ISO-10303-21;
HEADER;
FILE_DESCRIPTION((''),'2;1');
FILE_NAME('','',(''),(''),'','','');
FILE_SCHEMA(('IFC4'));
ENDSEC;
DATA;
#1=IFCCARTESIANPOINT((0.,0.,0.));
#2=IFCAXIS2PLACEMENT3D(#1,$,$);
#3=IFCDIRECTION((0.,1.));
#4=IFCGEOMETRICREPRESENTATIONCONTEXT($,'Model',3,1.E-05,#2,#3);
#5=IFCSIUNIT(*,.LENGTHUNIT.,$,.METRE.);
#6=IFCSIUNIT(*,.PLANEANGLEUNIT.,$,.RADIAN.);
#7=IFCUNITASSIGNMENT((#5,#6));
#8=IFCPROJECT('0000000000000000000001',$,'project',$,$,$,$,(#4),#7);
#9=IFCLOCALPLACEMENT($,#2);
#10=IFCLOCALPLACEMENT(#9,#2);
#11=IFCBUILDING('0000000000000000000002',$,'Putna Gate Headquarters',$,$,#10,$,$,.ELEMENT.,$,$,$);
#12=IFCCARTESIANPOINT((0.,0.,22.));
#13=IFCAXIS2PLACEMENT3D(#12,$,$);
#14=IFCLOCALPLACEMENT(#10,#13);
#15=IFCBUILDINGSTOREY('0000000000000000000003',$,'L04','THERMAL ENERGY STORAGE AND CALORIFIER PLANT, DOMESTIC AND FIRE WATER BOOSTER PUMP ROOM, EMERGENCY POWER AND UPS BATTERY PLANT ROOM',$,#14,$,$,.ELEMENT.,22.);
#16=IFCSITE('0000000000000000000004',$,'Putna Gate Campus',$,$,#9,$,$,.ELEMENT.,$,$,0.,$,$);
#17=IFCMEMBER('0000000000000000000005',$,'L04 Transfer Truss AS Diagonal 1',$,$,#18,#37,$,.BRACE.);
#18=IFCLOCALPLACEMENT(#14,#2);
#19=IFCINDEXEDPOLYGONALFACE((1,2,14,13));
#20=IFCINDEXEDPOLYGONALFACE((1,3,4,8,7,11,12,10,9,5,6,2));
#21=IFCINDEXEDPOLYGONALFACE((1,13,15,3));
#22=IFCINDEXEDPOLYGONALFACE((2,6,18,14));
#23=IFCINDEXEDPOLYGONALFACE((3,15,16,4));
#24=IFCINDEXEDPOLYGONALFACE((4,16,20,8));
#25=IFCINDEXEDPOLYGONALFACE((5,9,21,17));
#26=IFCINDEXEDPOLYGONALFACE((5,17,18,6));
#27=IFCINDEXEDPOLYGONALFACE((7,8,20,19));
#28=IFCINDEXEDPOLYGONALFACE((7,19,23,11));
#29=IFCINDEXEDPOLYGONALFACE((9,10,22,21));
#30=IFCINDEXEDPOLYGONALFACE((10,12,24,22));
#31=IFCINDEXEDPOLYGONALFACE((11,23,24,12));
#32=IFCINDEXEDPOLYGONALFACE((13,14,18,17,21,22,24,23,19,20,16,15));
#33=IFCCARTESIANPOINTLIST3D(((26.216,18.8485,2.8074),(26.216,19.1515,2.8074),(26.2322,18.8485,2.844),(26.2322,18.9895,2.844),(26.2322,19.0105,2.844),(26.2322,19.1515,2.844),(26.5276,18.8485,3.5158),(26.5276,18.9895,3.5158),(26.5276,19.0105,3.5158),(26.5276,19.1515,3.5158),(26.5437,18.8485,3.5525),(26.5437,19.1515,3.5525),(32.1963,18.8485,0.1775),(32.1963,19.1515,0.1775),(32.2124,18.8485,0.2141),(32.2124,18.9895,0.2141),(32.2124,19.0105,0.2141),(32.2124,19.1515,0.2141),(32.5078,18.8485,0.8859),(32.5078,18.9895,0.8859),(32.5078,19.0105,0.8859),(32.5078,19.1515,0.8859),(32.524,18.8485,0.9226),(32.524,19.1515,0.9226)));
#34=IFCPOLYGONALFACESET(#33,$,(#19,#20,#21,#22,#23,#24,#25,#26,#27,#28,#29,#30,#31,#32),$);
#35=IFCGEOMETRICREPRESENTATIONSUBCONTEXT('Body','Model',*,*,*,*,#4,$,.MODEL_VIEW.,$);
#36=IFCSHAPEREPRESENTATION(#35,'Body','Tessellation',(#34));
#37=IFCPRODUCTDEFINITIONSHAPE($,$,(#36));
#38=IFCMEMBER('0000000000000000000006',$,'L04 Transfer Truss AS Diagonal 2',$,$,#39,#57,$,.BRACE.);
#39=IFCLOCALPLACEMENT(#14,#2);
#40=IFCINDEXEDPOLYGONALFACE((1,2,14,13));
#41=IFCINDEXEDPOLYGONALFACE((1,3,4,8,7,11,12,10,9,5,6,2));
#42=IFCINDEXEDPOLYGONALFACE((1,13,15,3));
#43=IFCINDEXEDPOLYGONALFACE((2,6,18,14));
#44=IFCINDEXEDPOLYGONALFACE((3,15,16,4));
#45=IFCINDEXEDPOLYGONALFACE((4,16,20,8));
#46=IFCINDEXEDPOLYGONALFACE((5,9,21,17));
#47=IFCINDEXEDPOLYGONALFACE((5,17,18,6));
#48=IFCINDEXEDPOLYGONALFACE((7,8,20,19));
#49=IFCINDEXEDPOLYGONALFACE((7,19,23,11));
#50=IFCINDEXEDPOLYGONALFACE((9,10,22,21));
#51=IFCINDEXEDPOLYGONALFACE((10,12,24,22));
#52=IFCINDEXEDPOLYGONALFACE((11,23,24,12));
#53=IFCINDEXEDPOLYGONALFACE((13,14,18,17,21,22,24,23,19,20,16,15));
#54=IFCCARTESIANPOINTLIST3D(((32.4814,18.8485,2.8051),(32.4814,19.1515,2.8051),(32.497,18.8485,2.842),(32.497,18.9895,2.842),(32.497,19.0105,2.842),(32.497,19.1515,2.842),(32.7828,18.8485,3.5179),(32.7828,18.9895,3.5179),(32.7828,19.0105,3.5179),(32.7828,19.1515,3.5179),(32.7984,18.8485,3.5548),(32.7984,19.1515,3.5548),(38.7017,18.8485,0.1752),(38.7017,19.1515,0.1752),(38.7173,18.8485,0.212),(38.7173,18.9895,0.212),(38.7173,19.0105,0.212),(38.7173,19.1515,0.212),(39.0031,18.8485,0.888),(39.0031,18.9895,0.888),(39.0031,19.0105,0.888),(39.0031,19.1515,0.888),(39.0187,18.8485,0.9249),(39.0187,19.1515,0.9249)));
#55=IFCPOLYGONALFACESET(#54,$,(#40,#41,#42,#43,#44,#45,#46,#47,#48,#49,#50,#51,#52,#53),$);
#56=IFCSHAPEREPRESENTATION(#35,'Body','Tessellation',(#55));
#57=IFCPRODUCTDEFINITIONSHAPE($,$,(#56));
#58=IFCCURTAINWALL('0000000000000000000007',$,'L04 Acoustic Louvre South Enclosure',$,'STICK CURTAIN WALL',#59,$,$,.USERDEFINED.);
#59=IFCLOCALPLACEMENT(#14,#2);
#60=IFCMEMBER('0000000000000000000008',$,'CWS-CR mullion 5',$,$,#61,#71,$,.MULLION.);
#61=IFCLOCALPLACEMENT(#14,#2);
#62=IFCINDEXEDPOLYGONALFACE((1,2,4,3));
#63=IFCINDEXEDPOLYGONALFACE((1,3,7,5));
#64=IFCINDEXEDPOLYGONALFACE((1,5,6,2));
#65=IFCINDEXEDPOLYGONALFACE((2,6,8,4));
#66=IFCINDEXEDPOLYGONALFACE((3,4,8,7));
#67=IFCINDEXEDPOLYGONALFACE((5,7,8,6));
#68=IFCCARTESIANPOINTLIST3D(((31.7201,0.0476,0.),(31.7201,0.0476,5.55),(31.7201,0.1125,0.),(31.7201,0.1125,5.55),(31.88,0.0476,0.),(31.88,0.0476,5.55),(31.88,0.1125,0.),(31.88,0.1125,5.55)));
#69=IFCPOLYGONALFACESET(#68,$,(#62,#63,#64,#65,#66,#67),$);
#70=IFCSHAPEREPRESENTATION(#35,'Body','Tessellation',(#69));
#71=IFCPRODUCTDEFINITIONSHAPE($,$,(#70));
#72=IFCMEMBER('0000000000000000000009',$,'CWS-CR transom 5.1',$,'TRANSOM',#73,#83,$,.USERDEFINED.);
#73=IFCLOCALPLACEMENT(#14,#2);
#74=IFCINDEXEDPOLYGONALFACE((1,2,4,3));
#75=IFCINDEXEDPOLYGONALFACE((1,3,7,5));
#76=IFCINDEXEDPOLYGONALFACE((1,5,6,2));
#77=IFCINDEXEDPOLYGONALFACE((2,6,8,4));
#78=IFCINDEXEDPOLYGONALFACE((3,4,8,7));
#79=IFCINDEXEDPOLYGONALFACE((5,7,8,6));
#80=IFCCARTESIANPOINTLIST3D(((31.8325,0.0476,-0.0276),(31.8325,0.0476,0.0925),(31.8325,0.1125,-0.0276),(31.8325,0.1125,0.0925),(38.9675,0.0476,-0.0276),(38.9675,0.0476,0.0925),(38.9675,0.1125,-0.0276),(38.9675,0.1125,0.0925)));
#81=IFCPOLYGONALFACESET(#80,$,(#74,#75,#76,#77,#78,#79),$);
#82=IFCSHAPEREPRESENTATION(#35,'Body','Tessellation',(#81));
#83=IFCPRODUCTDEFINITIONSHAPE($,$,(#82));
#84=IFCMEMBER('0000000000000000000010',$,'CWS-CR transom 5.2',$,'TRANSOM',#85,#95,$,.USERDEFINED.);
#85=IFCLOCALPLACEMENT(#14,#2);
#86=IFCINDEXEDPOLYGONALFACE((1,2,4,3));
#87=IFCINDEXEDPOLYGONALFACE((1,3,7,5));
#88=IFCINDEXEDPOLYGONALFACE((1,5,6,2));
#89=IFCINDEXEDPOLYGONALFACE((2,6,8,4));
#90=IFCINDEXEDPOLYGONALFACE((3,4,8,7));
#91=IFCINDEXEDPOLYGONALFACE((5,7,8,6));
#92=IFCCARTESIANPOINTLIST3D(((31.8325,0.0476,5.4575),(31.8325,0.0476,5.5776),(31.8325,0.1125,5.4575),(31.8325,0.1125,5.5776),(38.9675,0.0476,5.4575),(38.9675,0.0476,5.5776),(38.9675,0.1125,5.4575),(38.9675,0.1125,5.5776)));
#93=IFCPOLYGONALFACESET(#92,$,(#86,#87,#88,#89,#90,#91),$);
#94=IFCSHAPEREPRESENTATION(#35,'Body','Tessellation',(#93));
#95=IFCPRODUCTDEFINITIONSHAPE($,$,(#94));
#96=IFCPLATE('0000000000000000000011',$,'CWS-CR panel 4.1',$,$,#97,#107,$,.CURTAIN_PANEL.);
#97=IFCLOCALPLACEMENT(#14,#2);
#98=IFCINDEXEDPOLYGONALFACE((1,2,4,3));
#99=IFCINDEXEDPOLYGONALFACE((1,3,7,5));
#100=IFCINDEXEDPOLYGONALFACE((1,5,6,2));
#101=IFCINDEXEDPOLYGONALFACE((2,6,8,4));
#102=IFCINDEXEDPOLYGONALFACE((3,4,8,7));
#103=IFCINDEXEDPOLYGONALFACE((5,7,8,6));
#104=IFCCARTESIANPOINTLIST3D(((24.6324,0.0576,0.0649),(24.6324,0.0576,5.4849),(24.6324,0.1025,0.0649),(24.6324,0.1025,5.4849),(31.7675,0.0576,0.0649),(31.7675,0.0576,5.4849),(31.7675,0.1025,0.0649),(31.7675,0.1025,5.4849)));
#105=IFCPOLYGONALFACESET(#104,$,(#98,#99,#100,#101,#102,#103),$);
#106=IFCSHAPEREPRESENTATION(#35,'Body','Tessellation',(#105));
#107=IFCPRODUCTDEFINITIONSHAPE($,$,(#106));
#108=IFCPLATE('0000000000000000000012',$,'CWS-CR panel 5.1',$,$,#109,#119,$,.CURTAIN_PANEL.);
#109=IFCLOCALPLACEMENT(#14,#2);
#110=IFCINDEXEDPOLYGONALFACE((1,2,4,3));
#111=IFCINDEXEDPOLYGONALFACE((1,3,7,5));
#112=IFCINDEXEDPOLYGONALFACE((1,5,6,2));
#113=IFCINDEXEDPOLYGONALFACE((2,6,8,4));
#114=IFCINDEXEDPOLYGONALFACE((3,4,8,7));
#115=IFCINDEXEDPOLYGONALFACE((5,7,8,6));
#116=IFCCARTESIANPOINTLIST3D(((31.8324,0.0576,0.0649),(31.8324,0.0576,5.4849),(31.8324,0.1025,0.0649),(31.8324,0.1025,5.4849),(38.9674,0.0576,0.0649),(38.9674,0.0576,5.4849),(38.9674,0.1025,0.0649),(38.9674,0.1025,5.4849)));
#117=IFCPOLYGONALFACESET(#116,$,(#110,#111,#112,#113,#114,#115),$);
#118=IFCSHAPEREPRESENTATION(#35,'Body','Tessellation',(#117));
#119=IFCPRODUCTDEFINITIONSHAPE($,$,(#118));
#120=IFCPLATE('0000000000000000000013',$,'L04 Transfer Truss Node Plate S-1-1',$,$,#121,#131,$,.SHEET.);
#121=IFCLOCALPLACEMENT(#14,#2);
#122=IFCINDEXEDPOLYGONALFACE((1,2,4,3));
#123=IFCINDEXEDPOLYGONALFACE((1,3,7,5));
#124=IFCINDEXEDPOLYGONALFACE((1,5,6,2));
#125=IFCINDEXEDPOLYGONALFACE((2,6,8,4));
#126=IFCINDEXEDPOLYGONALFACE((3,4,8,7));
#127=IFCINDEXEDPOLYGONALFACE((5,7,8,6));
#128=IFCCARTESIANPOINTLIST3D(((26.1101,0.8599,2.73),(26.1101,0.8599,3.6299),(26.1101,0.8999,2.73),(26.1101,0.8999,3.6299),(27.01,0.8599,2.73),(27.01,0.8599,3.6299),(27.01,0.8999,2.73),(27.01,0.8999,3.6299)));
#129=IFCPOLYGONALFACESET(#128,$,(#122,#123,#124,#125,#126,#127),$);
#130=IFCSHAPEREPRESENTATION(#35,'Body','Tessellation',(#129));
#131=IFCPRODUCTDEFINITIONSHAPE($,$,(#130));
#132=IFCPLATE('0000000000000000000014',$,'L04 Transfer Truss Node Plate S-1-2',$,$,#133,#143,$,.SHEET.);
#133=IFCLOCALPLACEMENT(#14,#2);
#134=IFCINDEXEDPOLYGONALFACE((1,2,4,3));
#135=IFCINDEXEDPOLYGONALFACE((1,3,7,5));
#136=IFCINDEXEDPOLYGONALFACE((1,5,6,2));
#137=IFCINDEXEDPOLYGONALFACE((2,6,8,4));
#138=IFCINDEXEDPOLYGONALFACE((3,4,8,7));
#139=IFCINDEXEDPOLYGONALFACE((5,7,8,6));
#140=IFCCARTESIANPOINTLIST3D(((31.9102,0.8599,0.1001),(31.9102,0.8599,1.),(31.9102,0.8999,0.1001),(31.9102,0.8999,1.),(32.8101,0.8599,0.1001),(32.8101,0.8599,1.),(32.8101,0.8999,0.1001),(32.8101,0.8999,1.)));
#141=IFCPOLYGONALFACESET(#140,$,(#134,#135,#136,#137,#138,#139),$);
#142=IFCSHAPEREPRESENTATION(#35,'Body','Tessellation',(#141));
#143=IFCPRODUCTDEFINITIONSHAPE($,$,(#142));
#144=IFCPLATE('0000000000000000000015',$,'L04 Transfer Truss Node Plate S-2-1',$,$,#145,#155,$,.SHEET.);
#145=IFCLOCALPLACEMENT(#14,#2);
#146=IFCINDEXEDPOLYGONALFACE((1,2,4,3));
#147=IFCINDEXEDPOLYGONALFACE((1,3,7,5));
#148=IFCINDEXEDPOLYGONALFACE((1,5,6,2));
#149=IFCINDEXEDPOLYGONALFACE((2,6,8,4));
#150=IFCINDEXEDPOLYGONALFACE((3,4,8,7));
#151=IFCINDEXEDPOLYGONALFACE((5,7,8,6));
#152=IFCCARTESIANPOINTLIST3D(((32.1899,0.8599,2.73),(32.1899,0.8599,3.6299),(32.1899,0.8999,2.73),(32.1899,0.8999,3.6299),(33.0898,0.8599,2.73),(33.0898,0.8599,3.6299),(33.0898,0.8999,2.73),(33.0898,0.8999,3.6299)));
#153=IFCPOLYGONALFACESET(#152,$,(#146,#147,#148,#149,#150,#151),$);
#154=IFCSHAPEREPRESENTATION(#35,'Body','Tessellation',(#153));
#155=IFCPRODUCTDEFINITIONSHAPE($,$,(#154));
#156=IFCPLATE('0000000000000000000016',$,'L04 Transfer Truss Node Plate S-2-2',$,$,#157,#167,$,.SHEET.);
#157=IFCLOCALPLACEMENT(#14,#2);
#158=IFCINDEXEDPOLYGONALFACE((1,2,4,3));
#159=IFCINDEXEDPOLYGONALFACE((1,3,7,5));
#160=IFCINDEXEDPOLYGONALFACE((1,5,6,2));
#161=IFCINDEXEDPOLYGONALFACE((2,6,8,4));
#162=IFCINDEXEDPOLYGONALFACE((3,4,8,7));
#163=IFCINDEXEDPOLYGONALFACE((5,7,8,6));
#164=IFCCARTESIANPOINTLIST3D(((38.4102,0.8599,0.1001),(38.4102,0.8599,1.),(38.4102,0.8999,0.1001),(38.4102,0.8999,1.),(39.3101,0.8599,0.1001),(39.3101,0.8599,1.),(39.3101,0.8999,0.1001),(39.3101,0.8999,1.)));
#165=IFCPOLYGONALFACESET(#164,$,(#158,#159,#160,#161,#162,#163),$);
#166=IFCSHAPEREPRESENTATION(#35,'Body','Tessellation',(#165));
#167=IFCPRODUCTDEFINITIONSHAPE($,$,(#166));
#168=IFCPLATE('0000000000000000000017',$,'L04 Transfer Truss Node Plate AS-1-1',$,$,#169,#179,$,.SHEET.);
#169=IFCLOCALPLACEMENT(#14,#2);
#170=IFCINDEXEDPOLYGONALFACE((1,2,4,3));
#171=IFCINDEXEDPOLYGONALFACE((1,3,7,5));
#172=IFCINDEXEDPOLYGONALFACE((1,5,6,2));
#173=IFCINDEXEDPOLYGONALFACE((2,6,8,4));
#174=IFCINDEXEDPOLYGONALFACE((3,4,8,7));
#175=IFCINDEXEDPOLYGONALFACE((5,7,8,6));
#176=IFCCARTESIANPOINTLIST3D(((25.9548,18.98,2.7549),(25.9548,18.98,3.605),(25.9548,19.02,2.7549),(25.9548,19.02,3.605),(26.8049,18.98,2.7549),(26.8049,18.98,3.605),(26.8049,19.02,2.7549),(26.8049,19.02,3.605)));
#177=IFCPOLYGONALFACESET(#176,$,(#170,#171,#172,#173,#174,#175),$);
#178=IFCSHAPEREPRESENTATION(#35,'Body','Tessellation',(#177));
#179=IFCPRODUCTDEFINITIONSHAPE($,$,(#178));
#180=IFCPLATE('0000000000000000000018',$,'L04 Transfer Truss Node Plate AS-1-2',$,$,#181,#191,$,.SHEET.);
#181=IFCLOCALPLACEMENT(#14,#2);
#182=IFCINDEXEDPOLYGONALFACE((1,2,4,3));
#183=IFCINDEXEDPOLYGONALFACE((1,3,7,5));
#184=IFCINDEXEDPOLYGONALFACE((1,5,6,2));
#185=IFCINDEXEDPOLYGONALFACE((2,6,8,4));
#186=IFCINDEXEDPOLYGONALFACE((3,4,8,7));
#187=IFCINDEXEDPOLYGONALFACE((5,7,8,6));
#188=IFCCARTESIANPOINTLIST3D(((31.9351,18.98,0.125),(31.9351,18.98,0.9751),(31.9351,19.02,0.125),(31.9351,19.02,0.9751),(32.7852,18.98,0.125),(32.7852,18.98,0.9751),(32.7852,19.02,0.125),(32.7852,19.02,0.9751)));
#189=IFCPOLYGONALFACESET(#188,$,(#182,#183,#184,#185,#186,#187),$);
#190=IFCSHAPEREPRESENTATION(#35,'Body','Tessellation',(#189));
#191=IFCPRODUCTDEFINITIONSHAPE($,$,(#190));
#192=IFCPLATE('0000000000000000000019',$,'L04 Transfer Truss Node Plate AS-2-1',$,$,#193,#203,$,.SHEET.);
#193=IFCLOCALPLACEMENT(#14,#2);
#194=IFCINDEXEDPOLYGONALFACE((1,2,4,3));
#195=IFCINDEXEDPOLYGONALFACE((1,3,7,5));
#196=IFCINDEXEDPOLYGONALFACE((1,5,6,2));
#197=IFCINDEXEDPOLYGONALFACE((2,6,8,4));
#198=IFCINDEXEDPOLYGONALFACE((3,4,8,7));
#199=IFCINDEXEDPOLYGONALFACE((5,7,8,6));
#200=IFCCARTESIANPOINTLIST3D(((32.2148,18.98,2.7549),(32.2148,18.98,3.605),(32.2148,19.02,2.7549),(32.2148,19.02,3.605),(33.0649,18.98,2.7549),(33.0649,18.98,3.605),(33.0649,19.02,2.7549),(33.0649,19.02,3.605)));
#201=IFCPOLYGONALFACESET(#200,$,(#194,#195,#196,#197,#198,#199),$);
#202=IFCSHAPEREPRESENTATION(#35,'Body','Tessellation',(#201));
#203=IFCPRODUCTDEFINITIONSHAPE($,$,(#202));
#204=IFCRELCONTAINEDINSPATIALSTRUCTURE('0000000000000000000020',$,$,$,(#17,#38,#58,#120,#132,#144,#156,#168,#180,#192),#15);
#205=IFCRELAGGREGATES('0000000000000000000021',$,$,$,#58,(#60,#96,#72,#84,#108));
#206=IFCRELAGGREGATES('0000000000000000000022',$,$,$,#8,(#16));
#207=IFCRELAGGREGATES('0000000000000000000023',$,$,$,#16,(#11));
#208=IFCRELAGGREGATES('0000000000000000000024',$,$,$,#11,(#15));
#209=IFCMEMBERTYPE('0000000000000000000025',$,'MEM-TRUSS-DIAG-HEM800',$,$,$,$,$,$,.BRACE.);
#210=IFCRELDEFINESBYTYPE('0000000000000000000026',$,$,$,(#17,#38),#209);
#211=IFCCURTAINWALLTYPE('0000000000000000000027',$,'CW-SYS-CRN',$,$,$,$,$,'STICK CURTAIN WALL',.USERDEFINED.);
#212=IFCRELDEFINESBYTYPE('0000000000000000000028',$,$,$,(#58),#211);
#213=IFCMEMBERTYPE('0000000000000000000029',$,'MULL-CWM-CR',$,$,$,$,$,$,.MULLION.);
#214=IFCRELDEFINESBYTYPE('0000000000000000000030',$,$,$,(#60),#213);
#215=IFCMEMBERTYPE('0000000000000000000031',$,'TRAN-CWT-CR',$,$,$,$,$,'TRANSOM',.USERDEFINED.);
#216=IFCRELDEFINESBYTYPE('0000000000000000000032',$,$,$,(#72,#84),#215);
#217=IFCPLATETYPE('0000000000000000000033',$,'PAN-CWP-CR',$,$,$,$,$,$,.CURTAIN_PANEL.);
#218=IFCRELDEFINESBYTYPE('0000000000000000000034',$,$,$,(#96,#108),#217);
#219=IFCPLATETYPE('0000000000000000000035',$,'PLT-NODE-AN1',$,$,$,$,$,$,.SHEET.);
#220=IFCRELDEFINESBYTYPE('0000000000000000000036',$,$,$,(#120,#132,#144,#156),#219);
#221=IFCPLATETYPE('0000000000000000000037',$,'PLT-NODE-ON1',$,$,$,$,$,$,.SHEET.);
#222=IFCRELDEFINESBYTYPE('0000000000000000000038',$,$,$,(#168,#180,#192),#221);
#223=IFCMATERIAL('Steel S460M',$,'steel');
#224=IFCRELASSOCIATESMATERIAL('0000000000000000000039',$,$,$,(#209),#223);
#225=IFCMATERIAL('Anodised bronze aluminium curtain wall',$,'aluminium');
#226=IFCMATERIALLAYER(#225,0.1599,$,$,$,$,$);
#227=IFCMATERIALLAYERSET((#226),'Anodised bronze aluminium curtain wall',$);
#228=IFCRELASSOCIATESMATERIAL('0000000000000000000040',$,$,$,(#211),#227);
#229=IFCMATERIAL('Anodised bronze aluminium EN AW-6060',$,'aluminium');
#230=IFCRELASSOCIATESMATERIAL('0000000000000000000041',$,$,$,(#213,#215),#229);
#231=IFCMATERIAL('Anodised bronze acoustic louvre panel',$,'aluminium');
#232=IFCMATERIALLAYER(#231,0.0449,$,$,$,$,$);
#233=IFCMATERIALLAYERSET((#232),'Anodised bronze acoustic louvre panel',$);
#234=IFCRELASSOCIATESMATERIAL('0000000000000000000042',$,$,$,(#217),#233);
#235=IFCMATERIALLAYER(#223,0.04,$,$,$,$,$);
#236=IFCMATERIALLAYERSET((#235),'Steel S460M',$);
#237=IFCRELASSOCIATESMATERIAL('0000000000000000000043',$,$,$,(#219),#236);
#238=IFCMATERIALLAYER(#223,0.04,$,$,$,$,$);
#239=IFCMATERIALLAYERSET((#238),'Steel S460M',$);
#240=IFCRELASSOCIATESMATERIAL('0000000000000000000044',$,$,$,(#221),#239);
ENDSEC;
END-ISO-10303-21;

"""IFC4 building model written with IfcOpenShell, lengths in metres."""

from ifc_helpers import new_model, si_unit, direction, frame, origin, origin_2d, place, context, subcontext, project, spatial, rectangle, i_section, extrude, material, layer, layer_set, material_profile, profile_set, type_object, element, aggregate, save


model = new_model("IFC4")

# Units and contexts
model_context = context("Model", 3, precision=1e-05, world=origin(), true_north=direction((0.0, 1.0)))
body_context = subcontext(model_context, "Body", "Model", "MODEL_VIEW")
ifc_project = project(units=[si_unit("LENGTHUNIT", "METRE"), si_unit("PLANEANGLEUNIT", "RADIAN")], contexts=[model_context])

# Site, building, storey
site_placement = place(None, origin())
site = spatial("IfcSite", under=ifc_project, at=site_placement, Name="Putna Gate Campus", CompositionType="ELEMENT", RefElevation=0.0)
building_placement = place(site_placement, origin())
building = spatial("IfcBuilding", under=site, at=building_placement, Name="Putna Gate Headquarters", CompositionType="ELEMENT")
storey_placement = place(building_placement, frame((0.0, 0.0, 22.0)))
storey = spatial("IfcBuildingStorey", under=building, at=storey_placement, Name="L04", Description="THERMAL ENERGY STORAGE AND CALORIFIER PLANT, DOMESTIC AND FIRE WATER BOOSTER PUMP ROOM, EMERGENCY POWER AND UPS BATTERY PLANT ROOM", CompositionType="ELEMENT", Elevation=22.0)

# Shared definitions
ifc_material_1 = material(Name="Steel S460M", Category="steel")

# Members
ifc_material_profile_1 = material_profile(ifc_material_1, i_section(OverallWidth=0.303, OverallDepth=0.814, WebThickness=0.021, FlangeThickness=0.04, at=origin_2d()), Name="Steel S460M")
ifc_profile_set_1 = profile_set([ifc_material_profile_1], Name="Steel S460M")
member_type_1 = type_object("IfcMemberType", Name="MEM-TRUSS-DIAG-HEM800", PredefinedType="BRACE", material=ifc_profile_set_1)
member_1_placement = place(storey_placement, frame((26.3799, 19.0, 3.1799), z_axis=(0.915395, 0.0, -0.402557), x_axis=(0.0, 1.0, 0.0)))
element("IfcMember", 1, at=member_1_placement, inside=storey, type_object=member_type_1, Name="L04 Transfer Truss AS Diagonal 1", PredefinedType="BRACE", context=body_context, shape_type="SweptSolid", body=[
    extrude(i_section(OverallWidth=0.303, OverallDepth=0.814, WebThickness=0.021, FlangeThickness=0.04, at=origin_2d()), origin(), (0.0, 0.0, 1.0), 6.533),
])
member_2_placement = place(storey_placement, frame((32.6399, 19.0, 3.1799), z_axis=(0.92106, 0.0, -0.389421), x_axis=(0.0, 1.0, 0.0)))
element("IfcMember", 2, at=member_2_placement, inside=storey, type_object=member_type_1, Name="L04 Transfer Truss AS Diagonal 2", PredefinedType="BRACE", context=body_context, shape_type="SweptSolid", body=[
    extrude(i_section(OverallWidth=0.303, OverallDepth=0.814, WebThickness=0.021, FlangeThickness=0.04, at=origin_2d()), origin(), (0.0, 0.0, 1.0), 6.7534),
])

# Curtain wall, members, plates
ifc_material_2 = material(Name="Anodised bronze aluminium curtain wall", Category="aluminium")
ifc_layer_1 = layer(ifc_material_2, 0.1599)
ifc_layer_set_1 = layer_set([ifc_layer_1], Name="Anodised bronze aluminium curtain wall")
curtain_wall_type = type_object("IfcCurtainWallType", Name="CW-SYS-CRN", ElementType="STICK CURTAIN WALL", PredefinedType="USERDEFINED", material=ifc_layer_set_1)
curtain_wall_placement = place(storey_placement, origin())
curtain_wall = element("IfcCurtainWall", 3, at=curtain_wall_placement, inside=storey, type_object=curtain_wall_type, Name="L04 Acoustic Louvre South Enclosure", ObjectType="STICK CURTAIN WALL", PredefinedType="USERDEFINED")
ifc_material_3 = material(Name="Anodised bronze aluminium EN AW-6060", Category="aluminium")
ifc_material_profile_2 = material_profile(ifc_material_3, rectangle(XDim=0.0649, YDim=0.1599, at=origin_2d()), Name="Anodised bronze aluminium EN AW-6060")
ifc_profile_set_2 = profile_set([ifc_material_profile_2], Name="Anodised bronze aluminium EN AW-6060")
member_type_2 = type_object("IfcMemberType", Name="MULL-CWM-CR", PredefinedType="MULLION", material=ifc_profile_set_2)
member_3_placement = place(storey_placement, frame((31.8, 0.0801, 0.0), z_axis=(0.0, 0.0, 1.0), x_axis=(0.0, 1.0, 0.0)))
member_3 = element("IfcMember", 4, at=member_3_placement, type_object=member_type_2, Name="CWS-CR mullion 5", PredefinedType="MULLION", context=body_context, shape_type="SweptSolid", body=[
    extrude(rectangle(XDim=0.0649, YDim=0.1599, at=origin_2d()), origin(), (0.0, 0.0, 1.0), 5.55),
])
ifc_material_profile_3 = material_profile(ifc_material_3, rectangle(XDim=0.0649, YDim=0.1201, at=origin_2d()), Name="Anodised bronze aluminium EN AW-6060")
ifc_profile_set_3 = profile_set([ifc_material_profile_3], Name="Anodised bronze aluminium EN AW-6060")
member_type_3 = type_object("IfcMemberType", Name="TRAN-CWT-CR", ElementType="TRANSOM", PredefinedType="USERDEFINED", material=ifc_profile_set_3)
member_4_placement = place(storey_placement, frame((31.8325, 0.0801, 0.0325), z_axis=(1.0, 0.0, 0.0), x_axis=(0.0, 1.0, 0.0)))
member_4 = element("IfcMember", 5, at=member_4_placement, type_object=member_type_3, Name="CWS-CR transom 5.1", ObjectType="TRANSOM", PredefinedType="USERDEFINED", context=body_context, shape_type="SweptSolid", body=[
    extrude(rectangle(XDim=0.0649, YDim=0.1201, at=origin_2d()), origin(), (0.0, 0.0, 1.0), 7.135),
])
member_5_placement = place(storey_placement, frame((31.8325, 0.0801, 5.5176), z_axis=(1.0, 0.0, 0.0), x_axis=(0.0, 1.0, 0.0)))
member_5 = element("IfcMember", 6, at=member_5_placement, type_object=member_type_3, Name="CWS-CR transom 5.2", ObjectType="TRANSOM", PredefinedType="USERDEFINED", context=body_context, shape_type="SweptSolid", body=[
    extrude(rectangle(XDim=0.0649, YDim=0.1201, at=origin_2d()), origin(), (0.0, 0.0, 1.0), 7.135),
])
ifc_material_4 = material(Name="Anodised bronze acoustic louvre panel", Category="aluminium")
ifc_layer_2 = layer(ifc_material_4, 0.0449)
ifc_layer_set_2 = layer_set([ifc_layer_2], Name="Anodised bronze acoustic louvre panel")
plate_type_1 = type_object("IfcPlateType", Name="PAN-CWP-CR", PredefinedType="CURTAIN_PANEL", material=ifc_layer_set_2)
plate_1_placement = place(storey_placement, frame((28.2, 0.0801, 0.0649), z_axis=(0.0, 0.0, 1.0), x_axis=(1.0, 0.0, 0.0)))
plate_1 = element("IfcPlate", 7, at=plate_1_placement, type_object=plate_type_1, Name="CWS-CR panel 4.1", PredefinedType="CURTAIN_PANEL", context=body_context, shape_type="SweptSolid", body=[
    extrude(rectangle(XDim=7.135, YDim=0.0449, at=origin_2d()), origin(), (0.0, 0.0, 1.0), 5.4199),
])
plate_2_placement = place(storey_placement, frame((35.3999, 0.0801, 0.0649), z_axis=(0.0, 0.0, 1.0), x_axis=(1.0, 0.0, 0.0)))
plate_2 = element("IfcPlate", 8, at=plate_2_placement, type_object=plate_type_1, Name="CWS-CR panel 5.1", PredefinedType="CURTAIN_PANEL", context=body_context, shape_type="SweptSolid", body=[
    extrude(rectangle(XDim=7.135, YDim=0.0449, at=origin_2d()), origin(), (0.0, 0.0, 1.0), 5.4199),
])
aggregate(curtain_wall, [member_3, plate_1, member_4, member_5, plate_2])

# Plates
ifc_layer_3 = layer(ifc_material_1, 0.04)
ifc_layer_set_3 = layer_set([ifc_layer_3], Name="Steel S460M")
plate_type_2 = type_object("IfcPlateType", Name="PLT-NODE-AN1", PredefinedType="SHEET", material=ifc_layer_set_3)
for number, where, z_axis, x_axis, name in (
    (9, (26.5601, 0.8799, 2.73), (0.0, 0.0, 1.0), (1.0, 0.0, 0.0), "L04 Transfer Truss Node Plate S-1-1"),
    (10, (32.3601, 0.8799, 0.1001), (0.0, 0.0, 1.0), (1.0, 0.0, 0.0), "L04 Transfer Truss Node Plate S-1-2"),
    (11, (32.6399, 0.8799, 2.73), (0.0, 0.0, 1.0), (1.0, 0.0, 0.0), "L04 Transfer Truss Node Plate S-2-1"),
    (12, (38.8601, 0.8799, 0.1001), (0.0, 0.0, 1.0), (1.0, 0.0, 0.0), "L04 Transfer Truss Node Plate S-2-2"),
):
    element("IfcPlate", number, at=place(storey_placement, frame(where, z_axis=z_axis, x_axis=x_axis)), inside=storey, type_object=plate_type_2, Name=name, PredefinedType="SHEET", context=body_context, shape_type="SweptSolid", body=[
        extrude(rectangle(XDim=0.8999, YDim=0.04, at=origin_2d()), origin(), (0.0, 0.0, 1.0), 0.8999),
    ])
ifc_layer_4 = layer(ifc_material_1, 0.04)
ifc_layer_set_4 = layer_set([ifc_layer_4], Name="Steel S460M")
plate_type_3 = type_object("IfcPlateType", Name="PLT-NODE-ON1", PredefinedType="SHEET", material=ifc_layer_set_4)
for number, where, z_axis, x_axis, name in (
    (13, (26.3799, 19.0, 2.7549), (0.0, 0.0, 1.0), (1.0, 0.0, 0.0), "L04 Transfer Truss Node Plate AS-1-1"),
    (14, (32.3601, 19.0, 0.125), (0.0, 0.0, 1.0), (1.0, 0.0, 0.0), "L04 Transfer Truss Node Plate AS-1-2"),
    (15, (32.6399, 19.0, 2.7549), (0.0, 0.0, 1.0), (1.0, 0.0, 0.0), "L04 Transfer Truss Node Plate AS-2-1"),
):
    element("IfcPlate", number, at=place(storey_placement, frame(where, z_axis=z_axis, x_axis=x_axis)), inside=storey, type_object=plate_type_3, Name=name, PredefinedType="SHEET", context=body_context, shape_type="SweptSolid", body=[
        extrude(rectangle(XDim=0.8501, YDim=0.04, at=origin_2d()), origin(), (0.0, 0.0, 1.0), 0.8501),
    ])

save(model, "model.ifc")
